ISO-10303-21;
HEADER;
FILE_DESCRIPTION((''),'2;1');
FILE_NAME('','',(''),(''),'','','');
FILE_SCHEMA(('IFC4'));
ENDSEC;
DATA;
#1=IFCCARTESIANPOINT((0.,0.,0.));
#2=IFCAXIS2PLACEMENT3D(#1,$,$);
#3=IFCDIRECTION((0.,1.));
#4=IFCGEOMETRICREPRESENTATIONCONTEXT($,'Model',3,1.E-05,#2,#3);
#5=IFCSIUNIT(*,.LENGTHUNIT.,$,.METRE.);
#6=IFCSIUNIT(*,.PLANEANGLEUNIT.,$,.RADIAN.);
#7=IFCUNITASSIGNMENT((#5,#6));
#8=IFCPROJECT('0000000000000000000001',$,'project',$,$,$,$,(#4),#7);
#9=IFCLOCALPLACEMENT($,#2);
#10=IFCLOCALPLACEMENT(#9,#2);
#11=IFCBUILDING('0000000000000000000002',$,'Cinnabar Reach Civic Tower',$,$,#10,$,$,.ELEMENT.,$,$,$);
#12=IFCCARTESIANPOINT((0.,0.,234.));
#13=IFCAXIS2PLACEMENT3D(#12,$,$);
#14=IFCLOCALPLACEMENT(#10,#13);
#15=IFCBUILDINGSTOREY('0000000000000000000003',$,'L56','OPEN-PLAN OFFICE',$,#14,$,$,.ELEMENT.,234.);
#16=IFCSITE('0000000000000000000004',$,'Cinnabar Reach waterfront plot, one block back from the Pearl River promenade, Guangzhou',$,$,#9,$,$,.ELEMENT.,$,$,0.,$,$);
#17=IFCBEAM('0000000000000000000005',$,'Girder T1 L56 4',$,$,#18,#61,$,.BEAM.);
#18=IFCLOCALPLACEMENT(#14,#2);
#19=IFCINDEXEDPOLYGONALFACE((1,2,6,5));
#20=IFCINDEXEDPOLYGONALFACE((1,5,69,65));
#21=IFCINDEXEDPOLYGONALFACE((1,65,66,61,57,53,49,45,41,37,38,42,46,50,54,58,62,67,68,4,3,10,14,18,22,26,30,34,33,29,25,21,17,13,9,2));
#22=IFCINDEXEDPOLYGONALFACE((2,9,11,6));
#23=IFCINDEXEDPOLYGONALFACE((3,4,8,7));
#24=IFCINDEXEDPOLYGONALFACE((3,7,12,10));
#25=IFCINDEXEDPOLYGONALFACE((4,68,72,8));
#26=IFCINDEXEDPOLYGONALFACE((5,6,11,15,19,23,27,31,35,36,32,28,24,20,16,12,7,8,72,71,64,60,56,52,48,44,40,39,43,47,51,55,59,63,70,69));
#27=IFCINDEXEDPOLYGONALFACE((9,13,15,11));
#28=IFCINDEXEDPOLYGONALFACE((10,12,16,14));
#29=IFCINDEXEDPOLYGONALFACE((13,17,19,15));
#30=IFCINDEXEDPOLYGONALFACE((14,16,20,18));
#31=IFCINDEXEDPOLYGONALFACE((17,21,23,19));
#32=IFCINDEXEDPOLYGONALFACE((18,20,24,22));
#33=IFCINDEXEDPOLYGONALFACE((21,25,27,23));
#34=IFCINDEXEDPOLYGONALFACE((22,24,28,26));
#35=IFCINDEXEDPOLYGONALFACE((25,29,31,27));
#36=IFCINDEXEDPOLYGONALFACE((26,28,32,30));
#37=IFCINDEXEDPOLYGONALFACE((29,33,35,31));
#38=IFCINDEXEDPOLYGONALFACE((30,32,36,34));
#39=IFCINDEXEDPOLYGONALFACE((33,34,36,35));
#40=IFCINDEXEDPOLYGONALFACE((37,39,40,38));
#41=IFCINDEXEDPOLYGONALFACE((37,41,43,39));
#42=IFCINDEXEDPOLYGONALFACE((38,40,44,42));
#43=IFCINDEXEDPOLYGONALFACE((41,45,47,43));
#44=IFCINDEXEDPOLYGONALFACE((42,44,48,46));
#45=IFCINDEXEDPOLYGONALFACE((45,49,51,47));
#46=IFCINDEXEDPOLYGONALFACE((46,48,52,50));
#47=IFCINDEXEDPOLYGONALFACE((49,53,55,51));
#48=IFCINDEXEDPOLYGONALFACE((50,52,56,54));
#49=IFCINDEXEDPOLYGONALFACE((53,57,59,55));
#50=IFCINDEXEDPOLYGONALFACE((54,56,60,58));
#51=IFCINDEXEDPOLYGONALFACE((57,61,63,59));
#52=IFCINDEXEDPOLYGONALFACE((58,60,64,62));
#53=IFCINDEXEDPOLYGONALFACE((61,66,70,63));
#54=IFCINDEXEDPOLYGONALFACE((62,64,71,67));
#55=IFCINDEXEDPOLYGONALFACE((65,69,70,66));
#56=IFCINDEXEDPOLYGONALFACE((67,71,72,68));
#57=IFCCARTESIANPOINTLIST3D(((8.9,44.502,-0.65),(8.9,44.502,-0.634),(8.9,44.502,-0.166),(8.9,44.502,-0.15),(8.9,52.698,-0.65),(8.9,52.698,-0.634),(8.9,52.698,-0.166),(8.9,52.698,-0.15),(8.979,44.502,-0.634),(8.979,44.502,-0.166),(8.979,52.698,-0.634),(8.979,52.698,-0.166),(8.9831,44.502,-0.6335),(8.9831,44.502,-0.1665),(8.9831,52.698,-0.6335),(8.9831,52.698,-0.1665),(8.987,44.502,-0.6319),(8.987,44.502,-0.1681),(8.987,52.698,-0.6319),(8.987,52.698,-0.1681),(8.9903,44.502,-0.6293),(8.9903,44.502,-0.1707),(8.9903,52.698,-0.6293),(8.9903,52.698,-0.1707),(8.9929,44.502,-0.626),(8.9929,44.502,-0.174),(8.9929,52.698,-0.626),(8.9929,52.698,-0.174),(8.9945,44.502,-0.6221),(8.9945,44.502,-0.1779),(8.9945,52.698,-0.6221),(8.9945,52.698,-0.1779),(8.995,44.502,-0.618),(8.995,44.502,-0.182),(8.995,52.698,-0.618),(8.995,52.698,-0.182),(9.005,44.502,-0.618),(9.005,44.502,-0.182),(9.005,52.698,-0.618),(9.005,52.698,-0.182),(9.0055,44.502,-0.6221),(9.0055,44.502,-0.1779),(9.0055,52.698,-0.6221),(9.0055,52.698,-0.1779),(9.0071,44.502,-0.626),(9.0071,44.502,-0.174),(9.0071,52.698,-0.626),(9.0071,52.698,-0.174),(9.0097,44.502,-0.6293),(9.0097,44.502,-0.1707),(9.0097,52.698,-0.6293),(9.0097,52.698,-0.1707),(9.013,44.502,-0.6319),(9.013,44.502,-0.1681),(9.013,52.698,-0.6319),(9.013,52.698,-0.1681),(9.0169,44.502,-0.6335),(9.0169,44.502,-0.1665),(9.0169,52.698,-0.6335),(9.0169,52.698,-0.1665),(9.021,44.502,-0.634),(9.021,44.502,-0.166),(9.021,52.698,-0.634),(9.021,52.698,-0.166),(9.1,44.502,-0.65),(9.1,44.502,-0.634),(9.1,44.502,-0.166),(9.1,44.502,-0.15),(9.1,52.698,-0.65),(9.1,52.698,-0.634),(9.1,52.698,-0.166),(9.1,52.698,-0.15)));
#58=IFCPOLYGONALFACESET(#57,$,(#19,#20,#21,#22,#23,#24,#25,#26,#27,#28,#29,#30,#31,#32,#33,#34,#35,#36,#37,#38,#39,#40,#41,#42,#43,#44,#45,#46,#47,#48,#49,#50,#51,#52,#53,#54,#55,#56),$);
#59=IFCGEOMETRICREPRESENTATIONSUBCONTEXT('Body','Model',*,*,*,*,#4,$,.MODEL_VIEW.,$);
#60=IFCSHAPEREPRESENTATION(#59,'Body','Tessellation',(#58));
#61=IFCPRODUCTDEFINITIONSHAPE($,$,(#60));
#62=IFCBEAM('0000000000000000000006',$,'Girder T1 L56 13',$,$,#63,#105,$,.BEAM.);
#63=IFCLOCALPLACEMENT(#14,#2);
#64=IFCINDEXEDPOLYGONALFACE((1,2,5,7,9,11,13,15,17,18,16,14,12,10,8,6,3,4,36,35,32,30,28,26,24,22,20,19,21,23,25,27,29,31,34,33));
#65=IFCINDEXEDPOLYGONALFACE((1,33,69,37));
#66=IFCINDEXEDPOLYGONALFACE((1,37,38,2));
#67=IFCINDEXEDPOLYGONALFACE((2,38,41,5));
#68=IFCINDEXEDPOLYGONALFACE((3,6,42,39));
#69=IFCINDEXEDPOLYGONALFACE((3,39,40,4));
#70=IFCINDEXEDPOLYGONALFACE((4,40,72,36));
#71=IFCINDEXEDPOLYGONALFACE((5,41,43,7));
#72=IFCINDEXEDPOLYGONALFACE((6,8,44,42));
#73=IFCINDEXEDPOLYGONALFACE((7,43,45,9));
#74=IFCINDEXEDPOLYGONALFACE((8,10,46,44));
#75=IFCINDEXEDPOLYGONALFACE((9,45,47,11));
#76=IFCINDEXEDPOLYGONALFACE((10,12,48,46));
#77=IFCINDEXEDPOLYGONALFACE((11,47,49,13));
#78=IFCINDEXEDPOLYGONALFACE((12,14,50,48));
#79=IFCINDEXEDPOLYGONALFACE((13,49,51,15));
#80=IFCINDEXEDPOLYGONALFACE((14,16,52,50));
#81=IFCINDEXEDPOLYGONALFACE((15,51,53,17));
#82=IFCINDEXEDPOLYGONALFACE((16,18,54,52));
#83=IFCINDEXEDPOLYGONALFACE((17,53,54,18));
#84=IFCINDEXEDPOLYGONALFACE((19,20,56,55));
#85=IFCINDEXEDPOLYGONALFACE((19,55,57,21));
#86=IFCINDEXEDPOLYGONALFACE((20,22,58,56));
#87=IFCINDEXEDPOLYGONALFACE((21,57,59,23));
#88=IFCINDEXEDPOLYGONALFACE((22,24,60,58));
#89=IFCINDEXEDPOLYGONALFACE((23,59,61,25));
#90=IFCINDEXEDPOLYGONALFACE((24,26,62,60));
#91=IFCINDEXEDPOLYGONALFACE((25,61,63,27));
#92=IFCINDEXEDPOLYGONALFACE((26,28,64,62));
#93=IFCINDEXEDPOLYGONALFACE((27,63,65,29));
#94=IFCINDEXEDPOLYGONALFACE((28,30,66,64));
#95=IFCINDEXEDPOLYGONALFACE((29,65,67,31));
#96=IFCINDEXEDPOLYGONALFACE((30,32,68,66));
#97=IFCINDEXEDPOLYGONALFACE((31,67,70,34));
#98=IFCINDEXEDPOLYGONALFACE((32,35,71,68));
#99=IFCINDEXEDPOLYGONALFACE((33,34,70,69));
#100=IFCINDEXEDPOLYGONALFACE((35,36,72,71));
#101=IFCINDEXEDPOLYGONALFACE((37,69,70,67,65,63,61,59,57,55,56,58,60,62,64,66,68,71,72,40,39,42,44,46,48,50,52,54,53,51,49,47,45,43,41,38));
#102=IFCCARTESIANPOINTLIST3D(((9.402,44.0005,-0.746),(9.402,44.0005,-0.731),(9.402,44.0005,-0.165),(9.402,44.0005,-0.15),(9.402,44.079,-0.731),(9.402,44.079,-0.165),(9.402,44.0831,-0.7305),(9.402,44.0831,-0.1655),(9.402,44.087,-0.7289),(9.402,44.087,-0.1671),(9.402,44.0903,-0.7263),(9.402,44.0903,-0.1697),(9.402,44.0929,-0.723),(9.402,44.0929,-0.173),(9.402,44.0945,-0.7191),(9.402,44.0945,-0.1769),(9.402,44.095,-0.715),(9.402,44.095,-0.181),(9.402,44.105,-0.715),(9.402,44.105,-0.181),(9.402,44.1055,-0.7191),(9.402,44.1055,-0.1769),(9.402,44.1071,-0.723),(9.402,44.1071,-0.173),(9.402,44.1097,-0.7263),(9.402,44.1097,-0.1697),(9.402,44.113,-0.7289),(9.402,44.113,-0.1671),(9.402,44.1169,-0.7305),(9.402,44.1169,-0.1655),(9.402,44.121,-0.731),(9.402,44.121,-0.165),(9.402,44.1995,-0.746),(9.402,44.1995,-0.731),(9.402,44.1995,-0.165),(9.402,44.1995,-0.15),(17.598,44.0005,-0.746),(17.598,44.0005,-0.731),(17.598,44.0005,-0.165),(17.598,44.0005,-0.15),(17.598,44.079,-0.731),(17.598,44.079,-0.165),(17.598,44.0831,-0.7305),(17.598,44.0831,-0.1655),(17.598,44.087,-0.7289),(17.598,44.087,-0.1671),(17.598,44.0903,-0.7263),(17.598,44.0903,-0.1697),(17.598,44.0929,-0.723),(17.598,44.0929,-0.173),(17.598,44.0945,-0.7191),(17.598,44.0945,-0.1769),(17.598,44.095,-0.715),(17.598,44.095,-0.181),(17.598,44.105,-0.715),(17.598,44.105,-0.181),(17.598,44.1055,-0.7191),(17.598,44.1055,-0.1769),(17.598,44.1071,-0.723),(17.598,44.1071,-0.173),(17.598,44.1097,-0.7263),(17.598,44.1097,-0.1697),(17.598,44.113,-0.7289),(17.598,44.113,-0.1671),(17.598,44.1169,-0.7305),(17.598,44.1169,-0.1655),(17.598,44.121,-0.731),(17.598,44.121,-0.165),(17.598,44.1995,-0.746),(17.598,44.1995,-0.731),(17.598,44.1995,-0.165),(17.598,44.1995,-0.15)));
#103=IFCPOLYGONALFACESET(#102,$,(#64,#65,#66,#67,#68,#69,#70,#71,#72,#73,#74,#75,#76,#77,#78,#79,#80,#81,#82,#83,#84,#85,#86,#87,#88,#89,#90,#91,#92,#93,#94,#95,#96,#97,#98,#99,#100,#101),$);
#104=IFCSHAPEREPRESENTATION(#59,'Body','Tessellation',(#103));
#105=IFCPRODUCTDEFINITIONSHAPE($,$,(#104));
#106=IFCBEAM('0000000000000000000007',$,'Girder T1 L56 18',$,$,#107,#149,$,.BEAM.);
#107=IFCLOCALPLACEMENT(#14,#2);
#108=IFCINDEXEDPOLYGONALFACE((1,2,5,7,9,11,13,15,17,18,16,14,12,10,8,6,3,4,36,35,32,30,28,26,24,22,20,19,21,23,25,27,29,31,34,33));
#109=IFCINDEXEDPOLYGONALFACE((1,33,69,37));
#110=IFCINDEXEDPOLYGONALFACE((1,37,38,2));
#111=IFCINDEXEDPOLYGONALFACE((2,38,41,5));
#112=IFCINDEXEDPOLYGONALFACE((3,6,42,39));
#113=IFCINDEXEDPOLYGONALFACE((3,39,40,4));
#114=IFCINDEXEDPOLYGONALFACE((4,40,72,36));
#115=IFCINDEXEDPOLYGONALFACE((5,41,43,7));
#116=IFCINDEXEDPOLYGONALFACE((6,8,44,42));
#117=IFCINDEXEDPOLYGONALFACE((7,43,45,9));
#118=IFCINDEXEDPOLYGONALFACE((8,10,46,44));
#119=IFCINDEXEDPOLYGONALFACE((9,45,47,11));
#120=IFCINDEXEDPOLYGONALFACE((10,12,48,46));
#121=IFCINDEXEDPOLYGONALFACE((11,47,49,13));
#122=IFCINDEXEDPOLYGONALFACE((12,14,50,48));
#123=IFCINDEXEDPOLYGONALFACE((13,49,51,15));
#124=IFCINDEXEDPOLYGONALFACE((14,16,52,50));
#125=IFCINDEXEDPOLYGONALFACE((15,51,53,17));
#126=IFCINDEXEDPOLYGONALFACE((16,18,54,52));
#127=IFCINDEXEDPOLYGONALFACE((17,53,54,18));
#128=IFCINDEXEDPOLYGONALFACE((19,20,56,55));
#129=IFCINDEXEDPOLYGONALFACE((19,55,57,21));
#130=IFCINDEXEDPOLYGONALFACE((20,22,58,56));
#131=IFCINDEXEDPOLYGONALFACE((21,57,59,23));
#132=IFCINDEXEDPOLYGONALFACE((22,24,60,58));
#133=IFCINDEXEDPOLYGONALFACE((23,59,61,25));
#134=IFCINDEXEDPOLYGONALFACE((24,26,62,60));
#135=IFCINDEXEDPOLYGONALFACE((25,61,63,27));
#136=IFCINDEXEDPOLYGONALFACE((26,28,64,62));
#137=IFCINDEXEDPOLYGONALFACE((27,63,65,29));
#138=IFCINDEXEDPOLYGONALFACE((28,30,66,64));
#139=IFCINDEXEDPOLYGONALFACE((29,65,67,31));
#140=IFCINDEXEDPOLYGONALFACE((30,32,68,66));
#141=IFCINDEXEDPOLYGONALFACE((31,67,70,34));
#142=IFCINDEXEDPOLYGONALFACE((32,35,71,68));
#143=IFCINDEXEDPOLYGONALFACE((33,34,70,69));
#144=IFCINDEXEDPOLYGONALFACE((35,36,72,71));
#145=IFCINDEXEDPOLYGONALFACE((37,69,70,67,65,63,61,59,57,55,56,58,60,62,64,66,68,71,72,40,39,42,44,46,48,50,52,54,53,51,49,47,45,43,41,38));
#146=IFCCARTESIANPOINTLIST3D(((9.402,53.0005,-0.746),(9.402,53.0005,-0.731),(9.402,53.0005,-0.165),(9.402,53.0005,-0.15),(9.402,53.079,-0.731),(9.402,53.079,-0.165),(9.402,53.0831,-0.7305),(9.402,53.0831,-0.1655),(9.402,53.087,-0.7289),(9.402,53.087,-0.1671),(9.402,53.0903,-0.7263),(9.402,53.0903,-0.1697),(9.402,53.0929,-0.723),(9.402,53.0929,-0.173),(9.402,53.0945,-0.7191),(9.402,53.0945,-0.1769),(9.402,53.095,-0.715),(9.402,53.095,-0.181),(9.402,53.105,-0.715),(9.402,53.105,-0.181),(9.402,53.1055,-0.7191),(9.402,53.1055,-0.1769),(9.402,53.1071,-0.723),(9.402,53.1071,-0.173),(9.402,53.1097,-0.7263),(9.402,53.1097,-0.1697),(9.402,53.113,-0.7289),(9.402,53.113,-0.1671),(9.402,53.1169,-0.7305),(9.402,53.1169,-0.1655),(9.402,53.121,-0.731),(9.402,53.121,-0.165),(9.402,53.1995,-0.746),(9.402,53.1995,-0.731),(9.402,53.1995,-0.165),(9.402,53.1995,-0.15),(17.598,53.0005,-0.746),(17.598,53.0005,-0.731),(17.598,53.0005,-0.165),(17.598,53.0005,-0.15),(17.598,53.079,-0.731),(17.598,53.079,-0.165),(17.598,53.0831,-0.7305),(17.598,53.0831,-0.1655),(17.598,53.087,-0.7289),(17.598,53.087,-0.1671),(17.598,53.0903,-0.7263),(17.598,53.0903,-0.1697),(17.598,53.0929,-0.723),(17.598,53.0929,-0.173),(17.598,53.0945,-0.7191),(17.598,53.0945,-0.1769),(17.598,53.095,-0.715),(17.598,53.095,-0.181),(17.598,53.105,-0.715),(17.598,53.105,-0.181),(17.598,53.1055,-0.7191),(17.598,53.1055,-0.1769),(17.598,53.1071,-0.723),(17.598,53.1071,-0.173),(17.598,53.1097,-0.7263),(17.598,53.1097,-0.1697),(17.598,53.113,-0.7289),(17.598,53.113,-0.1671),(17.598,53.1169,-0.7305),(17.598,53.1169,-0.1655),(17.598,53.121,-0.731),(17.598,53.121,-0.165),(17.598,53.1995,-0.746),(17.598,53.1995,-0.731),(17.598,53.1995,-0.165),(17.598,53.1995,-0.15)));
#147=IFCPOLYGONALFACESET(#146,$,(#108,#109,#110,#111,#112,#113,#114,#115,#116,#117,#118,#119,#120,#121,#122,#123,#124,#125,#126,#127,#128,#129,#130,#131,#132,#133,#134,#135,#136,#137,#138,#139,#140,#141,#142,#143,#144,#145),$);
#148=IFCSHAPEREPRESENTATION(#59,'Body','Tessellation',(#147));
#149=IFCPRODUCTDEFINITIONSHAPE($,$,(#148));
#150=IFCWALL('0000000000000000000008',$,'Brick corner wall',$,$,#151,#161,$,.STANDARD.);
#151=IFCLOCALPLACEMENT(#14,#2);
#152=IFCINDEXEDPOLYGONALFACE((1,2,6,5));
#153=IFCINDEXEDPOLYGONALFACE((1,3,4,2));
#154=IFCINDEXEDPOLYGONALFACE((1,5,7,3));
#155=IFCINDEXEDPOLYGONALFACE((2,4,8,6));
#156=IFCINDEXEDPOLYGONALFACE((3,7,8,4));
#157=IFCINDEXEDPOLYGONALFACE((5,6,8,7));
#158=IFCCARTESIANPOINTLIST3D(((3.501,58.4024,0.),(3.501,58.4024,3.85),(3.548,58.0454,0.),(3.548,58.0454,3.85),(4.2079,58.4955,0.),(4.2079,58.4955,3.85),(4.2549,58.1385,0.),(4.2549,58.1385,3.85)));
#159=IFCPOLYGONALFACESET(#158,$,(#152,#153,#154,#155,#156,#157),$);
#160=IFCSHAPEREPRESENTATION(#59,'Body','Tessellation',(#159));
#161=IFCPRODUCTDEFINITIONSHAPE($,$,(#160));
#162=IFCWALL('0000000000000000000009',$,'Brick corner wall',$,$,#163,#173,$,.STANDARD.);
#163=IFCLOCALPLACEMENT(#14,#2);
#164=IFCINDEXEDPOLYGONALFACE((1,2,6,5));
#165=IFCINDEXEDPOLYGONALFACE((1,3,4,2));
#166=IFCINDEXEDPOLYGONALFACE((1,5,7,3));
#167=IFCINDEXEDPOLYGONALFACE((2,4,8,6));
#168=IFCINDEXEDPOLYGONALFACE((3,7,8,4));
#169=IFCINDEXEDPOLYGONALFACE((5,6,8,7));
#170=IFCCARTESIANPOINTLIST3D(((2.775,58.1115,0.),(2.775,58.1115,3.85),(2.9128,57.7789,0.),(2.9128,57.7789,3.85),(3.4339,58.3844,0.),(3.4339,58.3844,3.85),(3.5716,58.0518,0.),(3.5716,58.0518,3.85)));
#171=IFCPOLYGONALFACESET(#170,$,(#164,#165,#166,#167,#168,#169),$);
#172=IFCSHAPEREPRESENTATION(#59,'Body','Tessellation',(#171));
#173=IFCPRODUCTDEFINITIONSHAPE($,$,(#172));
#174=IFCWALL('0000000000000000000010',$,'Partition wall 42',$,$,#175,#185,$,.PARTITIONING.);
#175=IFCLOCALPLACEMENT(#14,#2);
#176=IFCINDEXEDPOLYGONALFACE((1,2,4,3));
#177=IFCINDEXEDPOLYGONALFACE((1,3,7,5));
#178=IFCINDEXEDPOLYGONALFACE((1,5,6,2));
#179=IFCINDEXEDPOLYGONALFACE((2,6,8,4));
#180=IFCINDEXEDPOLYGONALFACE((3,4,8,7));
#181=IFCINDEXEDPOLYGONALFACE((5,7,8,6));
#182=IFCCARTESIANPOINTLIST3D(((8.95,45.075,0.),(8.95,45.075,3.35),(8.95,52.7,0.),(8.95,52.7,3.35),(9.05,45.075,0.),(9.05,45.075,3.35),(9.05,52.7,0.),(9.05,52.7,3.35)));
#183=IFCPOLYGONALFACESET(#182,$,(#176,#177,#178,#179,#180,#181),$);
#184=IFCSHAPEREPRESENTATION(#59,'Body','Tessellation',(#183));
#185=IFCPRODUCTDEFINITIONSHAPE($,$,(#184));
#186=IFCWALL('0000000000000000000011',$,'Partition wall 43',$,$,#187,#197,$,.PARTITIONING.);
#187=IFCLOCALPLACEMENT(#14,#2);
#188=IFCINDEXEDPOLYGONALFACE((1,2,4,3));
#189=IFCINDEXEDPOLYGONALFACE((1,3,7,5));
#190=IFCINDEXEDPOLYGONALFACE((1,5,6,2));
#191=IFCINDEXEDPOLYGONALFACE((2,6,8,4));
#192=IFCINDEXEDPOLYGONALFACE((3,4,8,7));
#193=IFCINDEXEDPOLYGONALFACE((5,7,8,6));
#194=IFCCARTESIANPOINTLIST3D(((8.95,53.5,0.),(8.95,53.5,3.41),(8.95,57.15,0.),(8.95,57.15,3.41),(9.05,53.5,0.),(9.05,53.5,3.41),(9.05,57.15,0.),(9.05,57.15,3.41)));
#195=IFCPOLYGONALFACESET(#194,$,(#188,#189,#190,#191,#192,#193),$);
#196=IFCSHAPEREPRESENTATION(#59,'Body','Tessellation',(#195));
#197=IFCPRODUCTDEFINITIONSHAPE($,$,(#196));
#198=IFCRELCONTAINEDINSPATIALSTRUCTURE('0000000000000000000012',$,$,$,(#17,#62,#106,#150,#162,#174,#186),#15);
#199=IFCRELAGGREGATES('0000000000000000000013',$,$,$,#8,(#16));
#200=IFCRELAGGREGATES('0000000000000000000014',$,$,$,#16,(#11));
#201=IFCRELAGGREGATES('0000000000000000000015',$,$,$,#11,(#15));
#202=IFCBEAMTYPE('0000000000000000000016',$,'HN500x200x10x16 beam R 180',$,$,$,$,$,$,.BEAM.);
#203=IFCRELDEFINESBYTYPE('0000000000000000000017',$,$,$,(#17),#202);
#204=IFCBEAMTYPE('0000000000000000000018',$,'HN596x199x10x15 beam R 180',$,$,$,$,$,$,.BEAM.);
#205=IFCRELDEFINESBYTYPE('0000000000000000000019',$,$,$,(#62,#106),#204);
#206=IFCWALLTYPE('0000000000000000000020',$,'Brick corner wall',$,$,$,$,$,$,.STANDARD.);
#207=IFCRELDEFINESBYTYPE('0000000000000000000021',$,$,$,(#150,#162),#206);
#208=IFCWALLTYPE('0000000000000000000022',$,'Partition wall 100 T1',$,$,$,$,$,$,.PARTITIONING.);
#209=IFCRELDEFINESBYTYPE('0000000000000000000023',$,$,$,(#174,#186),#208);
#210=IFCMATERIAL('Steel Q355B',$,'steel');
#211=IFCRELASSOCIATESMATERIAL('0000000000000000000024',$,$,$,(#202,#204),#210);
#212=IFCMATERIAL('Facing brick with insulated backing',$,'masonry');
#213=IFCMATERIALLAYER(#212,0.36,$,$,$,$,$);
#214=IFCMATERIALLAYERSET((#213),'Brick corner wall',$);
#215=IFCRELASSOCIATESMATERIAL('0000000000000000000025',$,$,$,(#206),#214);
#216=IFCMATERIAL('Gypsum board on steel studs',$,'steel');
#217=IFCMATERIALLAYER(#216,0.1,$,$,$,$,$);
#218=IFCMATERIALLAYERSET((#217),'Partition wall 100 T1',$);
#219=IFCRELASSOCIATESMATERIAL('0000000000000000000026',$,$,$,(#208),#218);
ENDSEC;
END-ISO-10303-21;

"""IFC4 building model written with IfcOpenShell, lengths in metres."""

from ifc_helpers import new_model, si_unit, direction, frame, frame_2d, origin, origin_2d, place, context, subcontext, project, spatial, rectangle, i_section, extrude, material, layer, layer_set, material_profile, profile_set, type_object, element, save


model = new_model("IFC4")

# Units and contexts
model_context = context("Model", 3, precision=1e-05, world=origin(), true_north=direction((0.0, 1.0)))
body_context = subcontext(model_context, "Body", "Model", "MODEL_VIEW")
ifc_project = project(units=[si_unit("LENGTHUNIT", "METRE"), si_unit("PLANEANGLEUNIT", "RADIAN")], contexts=[model_context])

# Site, building, storey
site_placement = place(None, origin())
site = spatial("IfcSite", under=ifc_project, at=site_placement, Name="Cinnabar Reach waterfront plot, one block back from the Pearl River promenade, Guangzhou", CompositionType="ELEMENT", RefElevation=0.0)
building_placement = place(site_placement, origin())
building = spatial("IfcBuilding", under=site, at=building_placement, Name="Cinnabar Reach Civic Tower", CompositionType="ELEMENT")
storey_placement = place(building_placement, frame((0.0, 0.0, 234.0)))
storey = spatial("IfcBuildingStorey", under=building, at=storey_placement, Name="L56", Description="OPEN-PLAN OFFICE", CompositionType="ELEMENT", Elevation=234.0)

# Beams
ifc_material_1 = material(Name="Steel Q355B", Category="steel")
ifc_material_profile_1 = material_profile(ifc_material_1, i_section(OverallWidth=0.2, OverallDepth=0.5, WebThickness=0.01, FlangeThickness=0.016, FilletRadius=0.016, at=origin_2d()), Name="HN500x200x10x16")
ifc_profile_set_1 = profile_set([ifc_material_profile_1], Name="Steel Q355B")
beam_type_1 = type_object("IfcBeamType", Name="HN500x200x10x16 beam R 180", PredefinedType="BEAM", material=ifc_profile_set_1)
beam_1_placement = place(storey_placement, frame((9.0, 44.502, -0.4), z_axis=(0.0, 1.0, 0.0), x_axis=(-1.0, 0.0, 0.0)))
element("IfcBeam", 1, at=beam_1_placement, inside=storey, type_object=beam_type_1, Name="Girder T1 L56 4", PredefinedType="BEAM", context=body_context, shape_type="SweptSolid", body=[
    extrude(i_section(OverallWidth=0.2, OverallDepth=0.5, WebThickness=0.01, FlangeThickness=0.016, FilletRadius=0.016, at=origin_2d()), origin(), (0.0, 0.0, 1.0), 8.196),
])
ifc_material_profile_2 = material_profile(ifc_material_1, i_section(OverallWidth=0.199, OverallDepth=0.596, WebThickness=0.01, FlangeThickness=0.015, FilletRadius=0.016, at=origin_2d()), Name="HN596x199x10x15")
ifc_profile_set_2 = profile_set([ifc_material_profile_2], Name="Steel Q355B")
beam_type_2 = type_object("IfcBeamType", Name="HN596x199x10x15 beam R 180", PredefinedType="BEAM", material=ifc_profile_set_2)
for number, where, z_axis, x_axis, name in (
    (2, (9.402, 44.1, -0.448), (1.0, 0.0, 0.0), (0.0, 1.0, 0.0), "Girder T1 L56 13"),
    (3, (9.402, 53.1, -0.448), (1.0, 0.0, 0.0), (0.0, 1.0, 0.0), "Girder T1 L56 18"),
):
    element("IfcBeam", number, at=place(storey_placement, frame(where, z_axis=z_axis, x_axis=x_axis)), inside=storey, type_object=beam_type_2, Name=name, PredefinedType="BEAM", context=body_context, shape_type="SweptSolid", body=[
        extrude(i_section(OverallWidth=0.199, OverallDepth=0.596, WebThickness=0.01, FlangeThickness=0.015, FilletRadius=0.016, at=origin_2d()), origin(), (0.0, 0.0, 1.0), 8.196),
    ])

# Walls
ifc_material_2 = material(Name="Facing brick with insulated backing", Category="masonry")
ifc_layer_1 = layer(ifc_material_2, 0.36)
ifc_layer_set_1 = layer_set([ifc_layer_1], Name="Brick corner wall")
wall_type_1 = type_object("IfcWallType", Name="Brick corner wall", PredefinedType="STANDARD", material=ifc_layer_set_1)
for number, where, z_axis, x_axis, name in (
    (4, (4.2314, 58.317, 0.0), (0.0, 0.0, 1.0), (-0.991441, -0.130556, 0.0), "Brick corner wall"),
    (5, (3.5027, 58.2181, 0.0), (0.0, 0.0, 1.0), (-0.923872, -0.382703, 0.0), "Brick corner wall"),
):
    element("IfcWall", number, at=place(storey_placement, frame(where, z_axis=z_axis, x_axis=x_axis)), inside=storey, type_object=wall_type_1, Name=name, PredefinedType="STANDARD", context=body_context, shape_type="SweptSolid", body=[
        extrude(rectangle(XDim=0.7131, YDim=0.36, at=frame_2d((0.3565, 0.0))), origin(), (0.0, 0.0, 1.0), 3.85),
    ])
ifc_material_3 = material(Name="Gypsum board on steel studs", Category="steel")
ifc_layer_2 = layer(ifc_material_3, 0.1)
ifc_layer_set_2 = layer_set([ifc_layer_2], Name="Partition wall 100 T1")
wall_type_2 = type_object("IfcWallType", Name="Partition wall 100 T1", PredefinedType="PARTITIONING", material=ifc_layer_set_2)
wall_1_placement = place(storey_placement, frame((9.0, 45.075, 0.0), z_axis=(0.0, 0.0, 1.0), x_axis=(0.0, 1.0, 0.0)))
element("IfcWall", 6, at=wall_1_placement, inside=storey, type_object=wall_type_2, Name="Partition wall 42", PredefinedType="PARTITIONING", context=body_context, shape_type="SweptSolid", body=[
    extrude(rectangle(XDim=7.625, YDim=0.1, at=frame_2d((3.8125, 0.0))), origin(), (0.0, 0.0, 1.0), 3.35),
])
wall_2_placement = place(storey_placement, frame((9.0, 53.5, 0.0), z_axis=(0.0, 0.0, 1.0), x_axis=(0.0, 1.0, 0.0)))
element("IfcWall", 7, at=wall_2_placement, inside=storey, type_object=wall_type_2, Name="Partition wall 43", PredefinedType="PARTITIONING", context=body_context, shape_type="SweptSolid", body=[
    extrude(rectangle(XDim=3.65, YDim=0.1, at=frame_2d((1.825, 0.0))), origin(), (0.0, 0.0, 1.0), 3.41),
])

save(model, "model.ifc")
